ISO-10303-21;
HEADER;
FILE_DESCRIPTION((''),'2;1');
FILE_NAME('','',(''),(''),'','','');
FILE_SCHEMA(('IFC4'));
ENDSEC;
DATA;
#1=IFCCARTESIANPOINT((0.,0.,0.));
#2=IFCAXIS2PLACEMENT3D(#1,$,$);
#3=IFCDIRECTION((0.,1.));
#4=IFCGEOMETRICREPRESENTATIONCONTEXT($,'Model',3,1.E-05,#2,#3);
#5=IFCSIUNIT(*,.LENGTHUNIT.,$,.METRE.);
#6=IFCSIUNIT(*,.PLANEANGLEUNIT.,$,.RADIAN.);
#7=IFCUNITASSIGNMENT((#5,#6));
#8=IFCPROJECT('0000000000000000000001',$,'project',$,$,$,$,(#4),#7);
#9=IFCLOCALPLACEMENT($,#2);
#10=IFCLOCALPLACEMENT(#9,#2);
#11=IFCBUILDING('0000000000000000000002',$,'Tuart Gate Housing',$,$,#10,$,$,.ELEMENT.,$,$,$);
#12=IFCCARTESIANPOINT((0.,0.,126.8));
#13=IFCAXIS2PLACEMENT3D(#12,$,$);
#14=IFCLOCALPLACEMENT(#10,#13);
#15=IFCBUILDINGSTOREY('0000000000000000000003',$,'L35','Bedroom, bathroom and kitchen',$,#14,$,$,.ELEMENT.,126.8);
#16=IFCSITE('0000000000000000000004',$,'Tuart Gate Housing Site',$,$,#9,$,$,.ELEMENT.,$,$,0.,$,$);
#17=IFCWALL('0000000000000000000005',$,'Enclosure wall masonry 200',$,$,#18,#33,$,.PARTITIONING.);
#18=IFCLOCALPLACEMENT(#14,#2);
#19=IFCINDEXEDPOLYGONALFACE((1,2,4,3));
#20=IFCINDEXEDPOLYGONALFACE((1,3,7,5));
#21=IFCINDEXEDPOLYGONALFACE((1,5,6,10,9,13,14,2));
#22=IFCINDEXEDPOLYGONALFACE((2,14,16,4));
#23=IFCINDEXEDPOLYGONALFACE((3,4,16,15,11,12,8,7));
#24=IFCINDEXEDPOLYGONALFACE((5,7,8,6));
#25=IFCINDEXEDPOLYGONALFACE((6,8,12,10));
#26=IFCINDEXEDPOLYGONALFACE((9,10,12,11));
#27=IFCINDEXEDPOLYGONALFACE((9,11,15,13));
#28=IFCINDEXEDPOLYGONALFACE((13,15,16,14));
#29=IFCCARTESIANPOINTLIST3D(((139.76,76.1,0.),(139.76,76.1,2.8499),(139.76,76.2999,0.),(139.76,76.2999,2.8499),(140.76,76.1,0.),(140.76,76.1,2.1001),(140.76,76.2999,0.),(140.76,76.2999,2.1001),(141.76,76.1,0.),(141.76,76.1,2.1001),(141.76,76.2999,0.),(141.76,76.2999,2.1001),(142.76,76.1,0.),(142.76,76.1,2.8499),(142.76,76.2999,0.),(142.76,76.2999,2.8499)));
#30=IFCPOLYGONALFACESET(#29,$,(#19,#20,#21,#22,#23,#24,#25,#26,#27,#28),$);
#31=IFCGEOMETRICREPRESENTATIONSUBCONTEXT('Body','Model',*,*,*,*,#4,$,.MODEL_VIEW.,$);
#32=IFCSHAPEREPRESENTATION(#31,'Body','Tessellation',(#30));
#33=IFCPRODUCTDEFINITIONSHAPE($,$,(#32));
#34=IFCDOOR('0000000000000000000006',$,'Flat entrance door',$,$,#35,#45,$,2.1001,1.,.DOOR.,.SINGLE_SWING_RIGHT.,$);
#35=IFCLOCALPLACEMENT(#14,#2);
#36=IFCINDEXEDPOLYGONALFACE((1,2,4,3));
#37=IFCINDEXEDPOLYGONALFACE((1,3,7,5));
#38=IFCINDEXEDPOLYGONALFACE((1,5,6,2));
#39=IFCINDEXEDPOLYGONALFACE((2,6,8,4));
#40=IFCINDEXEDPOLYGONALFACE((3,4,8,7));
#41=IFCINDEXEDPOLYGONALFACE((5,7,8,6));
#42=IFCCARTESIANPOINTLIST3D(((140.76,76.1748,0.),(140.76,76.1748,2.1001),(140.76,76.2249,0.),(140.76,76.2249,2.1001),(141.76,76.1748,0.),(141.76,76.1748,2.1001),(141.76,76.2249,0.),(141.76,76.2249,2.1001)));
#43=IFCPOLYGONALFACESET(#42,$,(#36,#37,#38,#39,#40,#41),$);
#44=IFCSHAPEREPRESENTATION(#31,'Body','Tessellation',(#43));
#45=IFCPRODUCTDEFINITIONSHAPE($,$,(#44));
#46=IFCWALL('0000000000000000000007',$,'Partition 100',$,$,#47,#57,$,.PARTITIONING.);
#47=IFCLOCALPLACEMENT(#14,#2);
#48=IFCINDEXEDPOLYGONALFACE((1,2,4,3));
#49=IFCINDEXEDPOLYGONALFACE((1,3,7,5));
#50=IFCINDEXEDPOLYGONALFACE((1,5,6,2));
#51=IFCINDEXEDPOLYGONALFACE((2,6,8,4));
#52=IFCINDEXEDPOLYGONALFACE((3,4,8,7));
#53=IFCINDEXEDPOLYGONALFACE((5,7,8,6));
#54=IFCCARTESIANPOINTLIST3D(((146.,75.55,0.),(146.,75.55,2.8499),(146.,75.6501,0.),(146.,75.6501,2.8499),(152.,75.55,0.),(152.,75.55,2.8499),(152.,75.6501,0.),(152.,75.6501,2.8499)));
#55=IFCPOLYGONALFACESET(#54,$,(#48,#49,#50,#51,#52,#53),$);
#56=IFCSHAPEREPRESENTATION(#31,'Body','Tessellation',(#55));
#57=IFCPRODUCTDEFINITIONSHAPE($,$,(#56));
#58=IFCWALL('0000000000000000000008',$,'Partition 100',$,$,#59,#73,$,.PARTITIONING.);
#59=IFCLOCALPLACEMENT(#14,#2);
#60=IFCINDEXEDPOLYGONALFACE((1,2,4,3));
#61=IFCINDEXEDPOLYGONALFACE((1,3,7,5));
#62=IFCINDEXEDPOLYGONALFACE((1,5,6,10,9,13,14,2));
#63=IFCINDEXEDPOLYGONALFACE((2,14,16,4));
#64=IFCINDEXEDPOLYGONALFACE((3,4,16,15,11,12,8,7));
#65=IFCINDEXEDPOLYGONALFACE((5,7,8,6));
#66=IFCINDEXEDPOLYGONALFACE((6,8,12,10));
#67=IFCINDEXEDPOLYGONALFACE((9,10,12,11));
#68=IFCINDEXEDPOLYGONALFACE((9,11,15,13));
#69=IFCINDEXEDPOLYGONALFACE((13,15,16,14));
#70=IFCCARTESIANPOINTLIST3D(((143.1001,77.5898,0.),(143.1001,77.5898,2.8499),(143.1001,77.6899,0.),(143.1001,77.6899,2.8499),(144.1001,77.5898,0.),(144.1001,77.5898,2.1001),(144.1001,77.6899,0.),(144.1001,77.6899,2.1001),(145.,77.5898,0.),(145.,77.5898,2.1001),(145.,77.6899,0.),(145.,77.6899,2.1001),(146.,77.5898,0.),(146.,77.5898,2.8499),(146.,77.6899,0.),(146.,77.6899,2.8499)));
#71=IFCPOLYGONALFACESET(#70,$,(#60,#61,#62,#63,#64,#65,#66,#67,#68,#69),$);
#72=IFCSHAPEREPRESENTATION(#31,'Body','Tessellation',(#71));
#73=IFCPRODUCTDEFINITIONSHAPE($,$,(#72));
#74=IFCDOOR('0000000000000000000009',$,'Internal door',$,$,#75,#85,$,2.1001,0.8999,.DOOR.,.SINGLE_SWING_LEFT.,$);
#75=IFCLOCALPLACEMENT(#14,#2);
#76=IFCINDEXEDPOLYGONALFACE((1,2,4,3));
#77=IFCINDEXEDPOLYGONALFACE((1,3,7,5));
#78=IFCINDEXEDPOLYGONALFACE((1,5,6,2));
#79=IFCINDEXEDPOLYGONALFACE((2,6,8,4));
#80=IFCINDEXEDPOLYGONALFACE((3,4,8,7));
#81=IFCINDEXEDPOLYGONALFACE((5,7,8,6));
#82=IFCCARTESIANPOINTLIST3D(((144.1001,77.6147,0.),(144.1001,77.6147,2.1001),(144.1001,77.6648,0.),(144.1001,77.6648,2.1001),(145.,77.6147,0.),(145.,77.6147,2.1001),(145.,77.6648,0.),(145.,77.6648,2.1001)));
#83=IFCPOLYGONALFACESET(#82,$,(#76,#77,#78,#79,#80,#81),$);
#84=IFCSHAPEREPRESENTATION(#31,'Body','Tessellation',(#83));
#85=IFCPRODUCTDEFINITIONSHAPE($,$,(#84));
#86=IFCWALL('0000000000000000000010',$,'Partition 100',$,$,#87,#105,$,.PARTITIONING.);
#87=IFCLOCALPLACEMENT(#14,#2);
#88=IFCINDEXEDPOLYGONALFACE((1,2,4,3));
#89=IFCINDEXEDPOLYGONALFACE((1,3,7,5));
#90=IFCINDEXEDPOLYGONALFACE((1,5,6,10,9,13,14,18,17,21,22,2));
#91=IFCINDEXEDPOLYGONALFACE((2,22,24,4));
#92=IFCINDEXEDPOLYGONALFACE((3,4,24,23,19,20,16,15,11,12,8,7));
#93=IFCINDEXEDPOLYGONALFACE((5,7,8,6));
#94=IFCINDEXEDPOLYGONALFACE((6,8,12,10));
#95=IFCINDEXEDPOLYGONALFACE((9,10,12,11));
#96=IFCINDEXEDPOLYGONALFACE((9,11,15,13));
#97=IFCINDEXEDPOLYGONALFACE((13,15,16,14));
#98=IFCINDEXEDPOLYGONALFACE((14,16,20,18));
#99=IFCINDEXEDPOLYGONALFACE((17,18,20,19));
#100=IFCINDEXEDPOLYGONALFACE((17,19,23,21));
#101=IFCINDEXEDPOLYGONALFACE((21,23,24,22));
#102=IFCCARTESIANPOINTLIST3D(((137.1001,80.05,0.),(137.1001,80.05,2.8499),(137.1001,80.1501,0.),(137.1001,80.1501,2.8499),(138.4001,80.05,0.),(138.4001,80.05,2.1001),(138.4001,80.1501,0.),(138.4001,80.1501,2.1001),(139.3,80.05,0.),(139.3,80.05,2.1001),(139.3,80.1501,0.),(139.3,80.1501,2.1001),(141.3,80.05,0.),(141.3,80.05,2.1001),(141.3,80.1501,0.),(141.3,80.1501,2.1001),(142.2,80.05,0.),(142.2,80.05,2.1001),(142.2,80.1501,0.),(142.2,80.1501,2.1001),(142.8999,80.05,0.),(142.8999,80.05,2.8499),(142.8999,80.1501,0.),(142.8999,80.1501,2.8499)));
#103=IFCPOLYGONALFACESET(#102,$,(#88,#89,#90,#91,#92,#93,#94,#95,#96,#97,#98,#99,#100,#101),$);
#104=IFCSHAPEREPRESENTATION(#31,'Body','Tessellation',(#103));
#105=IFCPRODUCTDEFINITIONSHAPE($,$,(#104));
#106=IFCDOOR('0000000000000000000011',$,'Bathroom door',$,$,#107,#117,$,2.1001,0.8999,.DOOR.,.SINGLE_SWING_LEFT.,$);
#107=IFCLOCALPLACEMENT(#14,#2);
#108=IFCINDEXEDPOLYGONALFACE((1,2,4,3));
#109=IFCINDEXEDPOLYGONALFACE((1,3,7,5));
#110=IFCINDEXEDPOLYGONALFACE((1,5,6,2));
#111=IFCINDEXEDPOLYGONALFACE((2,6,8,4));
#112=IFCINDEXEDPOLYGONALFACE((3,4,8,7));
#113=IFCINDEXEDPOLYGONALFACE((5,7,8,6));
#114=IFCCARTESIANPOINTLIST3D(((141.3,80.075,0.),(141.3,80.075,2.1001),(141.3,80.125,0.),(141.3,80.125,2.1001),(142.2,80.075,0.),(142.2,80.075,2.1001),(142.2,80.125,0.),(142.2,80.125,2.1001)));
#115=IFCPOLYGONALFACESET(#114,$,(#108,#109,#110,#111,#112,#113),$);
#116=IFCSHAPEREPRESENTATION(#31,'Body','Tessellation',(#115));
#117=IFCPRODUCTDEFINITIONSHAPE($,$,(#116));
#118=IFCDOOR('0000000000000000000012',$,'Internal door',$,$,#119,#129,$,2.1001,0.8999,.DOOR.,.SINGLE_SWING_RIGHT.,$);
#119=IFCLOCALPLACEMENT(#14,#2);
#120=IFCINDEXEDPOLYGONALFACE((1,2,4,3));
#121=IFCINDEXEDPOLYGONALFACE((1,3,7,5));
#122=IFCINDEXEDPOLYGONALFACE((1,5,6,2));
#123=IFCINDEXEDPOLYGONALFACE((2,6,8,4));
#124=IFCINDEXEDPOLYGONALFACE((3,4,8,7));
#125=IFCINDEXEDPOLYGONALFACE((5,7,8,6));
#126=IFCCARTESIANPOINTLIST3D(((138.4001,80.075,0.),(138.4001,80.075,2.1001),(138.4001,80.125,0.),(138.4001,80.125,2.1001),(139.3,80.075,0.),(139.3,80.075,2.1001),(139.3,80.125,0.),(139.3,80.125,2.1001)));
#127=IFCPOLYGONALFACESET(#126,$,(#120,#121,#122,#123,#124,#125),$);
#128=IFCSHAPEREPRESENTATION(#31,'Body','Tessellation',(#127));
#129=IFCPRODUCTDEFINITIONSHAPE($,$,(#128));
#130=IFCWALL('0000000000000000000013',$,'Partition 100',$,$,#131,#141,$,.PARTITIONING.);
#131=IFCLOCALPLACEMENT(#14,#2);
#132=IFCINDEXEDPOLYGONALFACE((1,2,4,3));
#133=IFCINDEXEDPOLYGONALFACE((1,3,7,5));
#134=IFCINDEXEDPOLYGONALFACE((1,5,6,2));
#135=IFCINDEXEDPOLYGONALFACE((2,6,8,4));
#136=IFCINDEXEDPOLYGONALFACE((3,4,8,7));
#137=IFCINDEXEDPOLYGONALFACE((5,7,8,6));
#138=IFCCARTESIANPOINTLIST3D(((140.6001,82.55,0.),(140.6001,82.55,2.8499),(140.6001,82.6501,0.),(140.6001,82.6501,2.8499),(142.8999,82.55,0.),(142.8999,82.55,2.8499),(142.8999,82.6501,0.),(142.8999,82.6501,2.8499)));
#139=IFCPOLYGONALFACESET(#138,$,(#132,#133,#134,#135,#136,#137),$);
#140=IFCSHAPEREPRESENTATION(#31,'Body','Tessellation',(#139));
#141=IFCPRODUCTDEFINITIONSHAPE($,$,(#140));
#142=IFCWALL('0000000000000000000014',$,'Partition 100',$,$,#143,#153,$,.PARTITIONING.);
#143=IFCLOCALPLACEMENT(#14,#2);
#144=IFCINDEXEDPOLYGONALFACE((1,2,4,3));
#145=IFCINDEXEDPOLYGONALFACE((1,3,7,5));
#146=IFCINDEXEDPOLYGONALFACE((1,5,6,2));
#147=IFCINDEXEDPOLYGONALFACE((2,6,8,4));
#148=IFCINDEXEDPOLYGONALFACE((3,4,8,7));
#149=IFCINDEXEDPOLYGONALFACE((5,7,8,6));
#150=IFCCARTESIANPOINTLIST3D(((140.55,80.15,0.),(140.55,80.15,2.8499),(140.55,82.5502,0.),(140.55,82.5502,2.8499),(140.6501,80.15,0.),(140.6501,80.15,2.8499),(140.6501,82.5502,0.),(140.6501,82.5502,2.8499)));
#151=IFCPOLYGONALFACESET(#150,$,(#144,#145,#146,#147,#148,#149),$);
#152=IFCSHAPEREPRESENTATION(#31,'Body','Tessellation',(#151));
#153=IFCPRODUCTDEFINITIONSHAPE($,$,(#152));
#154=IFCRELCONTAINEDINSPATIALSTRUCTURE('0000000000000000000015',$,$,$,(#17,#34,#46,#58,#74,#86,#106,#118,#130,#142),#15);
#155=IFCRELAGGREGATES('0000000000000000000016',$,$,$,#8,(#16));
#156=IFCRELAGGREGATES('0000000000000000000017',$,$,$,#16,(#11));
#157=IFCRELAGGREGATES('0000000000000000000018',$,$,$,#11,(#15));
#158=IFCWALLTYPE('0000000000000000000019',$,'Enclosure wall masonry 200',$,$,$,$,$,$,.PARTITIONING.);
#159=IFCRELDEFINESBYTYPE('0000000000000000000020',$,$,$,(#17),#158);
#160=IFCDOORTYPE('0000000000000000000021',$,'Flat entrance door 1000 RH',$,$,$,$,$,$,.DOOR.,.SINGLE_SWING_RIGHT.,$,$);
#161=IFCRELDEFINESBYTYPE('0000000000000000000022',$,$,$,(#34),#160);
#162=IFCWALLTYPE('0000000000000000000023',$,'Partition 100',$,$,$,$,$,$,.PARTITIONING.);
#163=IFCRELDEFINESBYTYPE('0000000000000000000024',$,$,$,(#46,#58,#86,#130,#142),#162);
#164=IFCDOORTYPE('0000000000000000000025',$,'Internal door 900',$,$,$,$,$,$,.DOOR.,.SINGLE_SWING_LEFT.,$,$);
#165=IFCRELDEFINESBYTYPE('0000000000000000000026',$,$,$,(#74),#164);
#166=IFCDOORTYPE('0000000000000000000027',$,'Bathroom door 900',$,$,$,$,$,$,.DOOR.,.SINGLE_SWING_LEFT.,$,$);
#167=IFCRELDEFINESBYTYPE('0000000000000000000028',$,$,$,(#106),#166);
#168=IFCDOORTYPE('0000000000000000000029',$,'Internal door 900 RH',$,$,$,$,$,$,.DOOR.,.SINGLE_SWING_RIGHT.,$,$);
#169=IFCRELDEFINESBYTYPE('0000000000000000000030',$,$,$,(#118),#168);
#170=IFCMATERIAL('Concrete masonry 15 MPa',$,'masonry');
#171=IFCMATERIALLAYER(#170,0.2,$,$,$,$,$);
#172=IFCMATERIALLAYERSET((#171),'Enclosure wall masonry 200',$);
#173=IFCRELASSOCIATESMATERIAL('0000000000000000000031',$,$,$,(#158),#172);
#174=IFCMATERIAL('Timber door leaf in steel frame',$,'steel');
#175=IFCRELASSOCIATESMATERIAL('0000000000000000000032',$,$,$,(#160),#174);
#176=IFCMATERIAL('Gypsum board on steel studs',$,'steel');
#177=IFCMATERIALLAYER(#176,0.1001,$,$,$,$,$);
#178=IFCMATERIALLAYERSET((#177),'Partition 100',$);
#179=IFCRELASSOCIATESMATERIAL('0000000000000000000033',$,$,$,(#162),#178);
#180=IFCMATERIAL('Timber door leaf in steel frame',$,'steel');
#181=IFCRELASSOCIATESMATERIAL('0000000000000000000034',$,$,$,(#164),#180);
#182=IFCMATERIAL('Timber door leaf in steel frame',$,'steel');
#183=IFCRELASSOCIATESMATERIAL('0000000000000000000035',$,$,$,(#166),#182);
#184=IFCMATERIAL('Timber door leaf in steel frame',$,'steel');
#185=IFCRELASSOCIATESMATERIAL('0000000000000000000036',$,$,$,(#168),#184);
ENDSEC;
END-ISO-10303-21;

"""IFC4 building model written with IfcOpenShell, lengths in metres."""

from ifc_helpers import new_model, si_unit, direction, frame, frame_2d, origin, place, context, subcontext, project, spatial, rectangle, extrude, material, layer, layer_set, type_object, element, fill, save


model = new_model("IFC4")

# Units and contexts
model_context = context("Model", 3, precision=1e-05, world=origin(), true_north=direction((0.0, 1.0)))
body_context = subcontext(model_context, "Body", "Model", "MODEL_VIEW")
ifc_project = project(units=[si_unit("LENGTHUNIT", "METRE"), si_unit("PLANEANGLEUNIT", "RADIAN")], contexts=[model_context])

# Site, building, storey
site_placement = place(None, origin())
site = spatial("IfcSite", under=ifc_project, at=site_placement, Name="Tuart Gate Housing Site", CompositionType="ELEMENT", RefElevation=0.0)
building_placement = place(site_placement, origin())
building = spatial("IfcBuilding", under=site, at=building_placement, Name="Tuart Gate Housing", CompositionType="ELEMENT")
storey_placement = place(building_placement, frame((0.0, 0.0, 126.8)))
storey = spatial("IfcBuildingStorey", under=building, at=storey_placement, Name="L35", Description="Bedroom, bathroom and kitchen", CompositionType="ELEMENT", Elevation=126.8)

# Wall, opening, door
ifc_material_1 = material(Name="Concrete masonry 15 MPa", Category="masonry")
ifc_layer_1 = layer(ifc_material_1, 0.2)
ifc_layer_set_1 = layer_set([ifc_layer_1], Name="Enclosure wall masonry 200")
wall_type_1 = type_object("IfcWallType", Name="Enclosure wall masonry 200", PredefinedType="PARTITIONING", material=ifc_layer_set_1)
wall_1_placement = place(storey_placement, frame((139.76, 76.2, 0.0), z_axis=(0.0, 0.0, 1.0), x_axis=(1.0, 0.0, 0.0)))
wall_1 = element("IfcWall", 1, at=wall_1_placement, inside=storey, type_object=wall_type_1, Name="Enclosure wall masonry 200", PredefinedType="PARTITIONING", context=body_context, shape_type="SweptSolid", body=[
    extrude(rectangle(XDim=3.0, YDim=0.2, at=frame_2d((1.5, 0.0))), origin(), (0.0, 0.0, 1.0), 2.8499),
])
opening_1_placement = place(wall_1_placement, frame((1.0, 0.0, 0.0)))
opening_1 = element("IfcOpeningElement", 2, at=opening_1_placement, cuts=wall_1, PredefinedType="OPENING", context=body_context, shape_type="SweptSolid", body=[
    extrude(rectangle(XDim=1.0, YDim=2.1001, at=frame_2d((0.5, 1.05))), frame((0.0, 0.1099, 0.0), z_axis=(0.0, -1.0, 0.0), x_axis=(1.0, 0.0, 0.0)), (0.0, 0.0, 1.0), 0.22),
])
ifc_material_2 = material(Name="Timber door leaf in steel frame", Category="steel")
door_type_1 = type_object("IfcDoorType", Name="Flat entrance door 1000 RH", OperationType="SINGLE_SWING_RIGHT", PredefinedType="DOOR", material=ifc_material_2)
door_1_placement = place(opening_1_placement, origin())
door_1 = element("IfcDoor", 3, at=door_1_placement, inside=storey, type_object=door_type_1, Name="Flat entrance door", OperationType="SINGLE_SWING_RIGHT", OverallHeight=2.1001, OverallWidth=1.0, PredefinedType="DOOR", context=body_context, shape_type="SweptSolid", body=[
    extrude(rectangle(XDim=1.0, YDim=2.1001, at=frame_2d((0.5, 1.05))), frame((0.0, 0.0249, 0.0), z_axis=(0.0, -1.0, 0.0), x_axis=(1.0, 0.0, 0.0)), (0.0, 0.0, 1.0), 0.05),
])
fill(opening_1, door_1)

# Wall
ifc_material_3 = material(Name="Gypsum board on steel studs", Category="steel")
ifc_layer_2 = layer(ifc_material_3, 0.1001)
ifc_layer_set_2 = layer_set([ifc_layer_2], Name="Partition 100")
wall_type_2 = type_object("IfcWallType", Name="Partition 100", PredefinedType="PARTITIONING", material=ifc_layer_set_2)
wall_2_placement = place(storey_placement, frame((146.0, 75.6001, 0.0), z_axis=(0.0, 0.0, 1.0), x_axis=(1.0, 0.0, 0.0)))
element("IfcWall", 4, at=wall_2_placement, inside=storey, type_object=wall_type_2, Name="Partition 100", PredefinedType="PARTITIONING", context=body_context, shape_type="SweptSolid", body=[
    extrude(rectangle(XDim=6.0, YDim=0.1001, at=frame_2d((3.0, 0.0))), origin(), (0.0, 0.0, 1.0), 2.8499),
])

# Wall, opening, door
wall_3_placement = place(storey_placement, frame((143.1001, 77.6399, 0.0), z_axis=(0.0, 0.0, 1.0), x_axis=(1.0, 0.0, 0.0)))
wall_3 = element("IfcWall", 5, at=wall_3_placement, inside=storey, type_object=wall_type_2, Name="Partition 100", PredefinedType="PARTITIONING", context=body_context, shape_type="SweptSolid", body=[
    extrude(rectangle(XDim=2.8999, YDim=0.1001, at=frame_2d((1.45, 0.0))), origin(), (0.0, 0.0, 1.0), 2.8499),
])
opening_2_placement = place(wall_3_placement, frame((1.0, 0.0, 0.0)))
opening_2 = element("IfcOpeningElement", 6, at=opening_2_placement, cuts=wall_3, PredefinedType="OPENING", context=body_context, shape_type="SweptSolid", body=[
    extrude(rectangle(XDim=0.8999, YDim=2.1001, at=frame_2d((0.45, 1.05))), frame((0.0, 0.0601, 0.0), z_axis=(0.0, -1.0, 0.0), x_axis=(1.0, 0.0, 0.0)), (0.0, 0.0, 1.0), 0.1201),
])
ifc_material_4 = material(Name="Timber door leaf in steel frame", Category="steel")
door_type_2 = type_object("IfcDoorType", Name="Internal door 900", OperationType="SINGLE_SWING_LEFT", PredefinedType="DOOR", material=ifc_material_4)
door_2_placement = place(opening_2_placement, frame((0.8999, 0.0, 0.0), z_axis=(0.0, 0.0, 1.0), x_axis=(-1.0, 0.0, 0.0)))
door_2 = element("IfcDoor", 7, at=door_2_placement, inside=storey, type_object=door_type_2, Name="Internal door", OperationType="SINGLE_SWING_LEFT", OverallHeight=2.1001, OverallWidth=0.8999, PredefinedType="DOOR", context=body_context, shape_type="SweptSolid", body=[
    extrude(rectangle(XDim=0.8999, YDim=2.1001, at=frame_2d((0.45, 1.05))), frame((0.0, 0.0251, 0.0), z_axis=(0.0, -1.0, 0.0), x_axis=(1.0, 0.0, 0.0)), (0.0, 0.0, 1.0), 0.05),
])
fill(opening_2, door_2)

# Wall, openings, doors
wall_4_placement = place(storey_placement, frame((137.1001, 80.1001, 0.0), z_axis=(0.0, 0.0, 1.0), x_axis=(1.0, 0.0, 0.0)))
wall_4 = element("IfcWall", 8, at=wall_4_placement, inside=storey, type_object=wall_type_2, Name="Partition 100", PredefinedType="PARTITIONING", context=body_context, shape_type="SweptSolid", body=[
    extrude(rectangle(XDim=5.7998, YDim=0.1001, at=frame_2d((2.8999, 0.0))), origin(), (0.0, 0.0, 1.0), 2.8499),
])
opening_3_placement = place(wall_4_placement, frame((1.3, 0.0, 0.0)))
opening_3 = element("IfcOpeningElement", 9, at=opening_3_placement, cuts=wall_4, PredefinedType="OPENING", context=body_context, shape_type="SweptSolid", body=[
    extrude(rectangle(XDim=0.8999, YDim=2.1001, at=frame_2d((0.45, 1.05))), frame((0.0, 0.0601, 0.0), z_axis=(0.0, -1.0, 0.0), x_axis=(1.0, 0.0, 0.0)), (0.0, 0.0, 1.0), 0.1201),
])
opening_4_placement = place(wall_4_placement, frame((4.2, 0.0, 0.0)))
opening_4 = element("IfcOpeningElement", 10, at=opening_4_placement, cuts=wall_4, PredefinedType="OPENING", context=body_context, shape_type="SweptSolid", body=[
    extrude(rectangle(XDim=0.8999, YDim=2.1001, at=frame_2d((0.45, 1.05))), frame((0.0, 0.0601, 0.0), z_axis=(0.0, -1.0, 0.0), x_axis=(1.0, 0.0, 0.0)), (0.0, 0.0, 1.0), 0.1201),
])
ifc_material_5 = material(Name="Timber door leaf in steel frame", Category="steel")
door_type_3 = type_object("IfcDoorType", Name="Bathroom door 900", OperationType="SINGLE_SWING_LEFT", PredefinedType="DOOR", material=ifc_material_5)
door_3_placement = place(opening_4_placement, origin())
door_3 = element("IfcDoor", 11, at=door_3_placement, inside=storey, type_object=door_type_3, Name="Bathroom door", OperationType="SINGLE_SWING_LEFT", OverallHeight=2.1001, OverallWidth=0.8999, PredefinedType="DOOR", context=body_context, shape_type="SweptSolid", body=[
    extrude(rectangle(XDim=0.8999, YDim=2.1001, at=frame_2d((0.45, 1.05))), frame((0.0, 0.0249, 0.0), z_axis=(0.0, -1.0, 0.0), x_axis=(1.0, 0.0, 0.0)), (0.0, 0.0, 1.0), 0.05),
])
fill(opening_4, door_3)
ifc_material_6 = material(Name="Timber door leaf in steel frame", Category="steel")
door_type_4 = type_object("IfcDoorType", Name="Internal door 900 RH", OperationType="SINGLE_SWING_RIGHT", PredefinedType="DOOR", material=ifc_material_6)
door_4_placement = place(opening_3_placement, frame((0.8999, 0.0, 0.0), z_axis=(0.0, 0.0, 1.0), x_axis=(-1.0, 0.0, 0.0)))
door_4 = element("IfcDoor", 12, at=door_4_placement, inside=storey, type_object=door_type_4, Name="Internal door", OperationType="SINGLE_SWING_RIGHT", OverallHeight=2.1001, OverallWidth=0.8999, PredefinedType="DOOR", context=body_context, shape_type="SweptSolid", body=[
    extrude(rectangle(XDim=0.8999, YDim=2.1001, at=frame_2d((0.45, 1.05))), frame((0.0, 0.0251, 0.0), z_axis=(0.0, -1.0, 0.0), x_axis=(1.0, 0.0, 0.0)), (0.0, 0.0, 1.0), 0.05),
])
fill(opening_3, door_4)

# Walls
wall_5_placement = place(storey_placement, frame((140.6001, 82.6001, 0.0), z_axis=(0.0, 0.0, 1.0), x_axis=(1.0, 0.0, 0.0)))
element("IfcWall", 13, at=wall_5_placement, inside=storey, type_object=wall_type_2, Name="Partition 100", PredefinedType="PARTITIONING", context=body_context, shape_type="SweptSolid", body=[
    extrude(rectangle(XDim=2.2998, YDim=0.1001, at=frame_2d((1.1499, 0.0))), origin(), (0.0, 0.0, 1.0), 2.8499),
])
wall_6_placement = place(storey_placement, frame((140.6001, 80.1499, 0.0), z_axis=(0.0, 0.0, 1.0), x_axis=(0.0, 1.0, 0.0)))
element("IfcWall", 14, at=wall_6_placement, inside=storey, type_object=wall_type_2, Name="Partition 100", PredefinedType="PARTITIONING", context=body_context, shape_type="SweptSolid", body=[
    extrude(rectangle(XDim=2.4001, YDim=0.1001, at=frame_2d((1.2002, 0.0))), origin(), (0.0, 0.0, 1.0), 2.8499),
])

save(model, "model.ifc")
